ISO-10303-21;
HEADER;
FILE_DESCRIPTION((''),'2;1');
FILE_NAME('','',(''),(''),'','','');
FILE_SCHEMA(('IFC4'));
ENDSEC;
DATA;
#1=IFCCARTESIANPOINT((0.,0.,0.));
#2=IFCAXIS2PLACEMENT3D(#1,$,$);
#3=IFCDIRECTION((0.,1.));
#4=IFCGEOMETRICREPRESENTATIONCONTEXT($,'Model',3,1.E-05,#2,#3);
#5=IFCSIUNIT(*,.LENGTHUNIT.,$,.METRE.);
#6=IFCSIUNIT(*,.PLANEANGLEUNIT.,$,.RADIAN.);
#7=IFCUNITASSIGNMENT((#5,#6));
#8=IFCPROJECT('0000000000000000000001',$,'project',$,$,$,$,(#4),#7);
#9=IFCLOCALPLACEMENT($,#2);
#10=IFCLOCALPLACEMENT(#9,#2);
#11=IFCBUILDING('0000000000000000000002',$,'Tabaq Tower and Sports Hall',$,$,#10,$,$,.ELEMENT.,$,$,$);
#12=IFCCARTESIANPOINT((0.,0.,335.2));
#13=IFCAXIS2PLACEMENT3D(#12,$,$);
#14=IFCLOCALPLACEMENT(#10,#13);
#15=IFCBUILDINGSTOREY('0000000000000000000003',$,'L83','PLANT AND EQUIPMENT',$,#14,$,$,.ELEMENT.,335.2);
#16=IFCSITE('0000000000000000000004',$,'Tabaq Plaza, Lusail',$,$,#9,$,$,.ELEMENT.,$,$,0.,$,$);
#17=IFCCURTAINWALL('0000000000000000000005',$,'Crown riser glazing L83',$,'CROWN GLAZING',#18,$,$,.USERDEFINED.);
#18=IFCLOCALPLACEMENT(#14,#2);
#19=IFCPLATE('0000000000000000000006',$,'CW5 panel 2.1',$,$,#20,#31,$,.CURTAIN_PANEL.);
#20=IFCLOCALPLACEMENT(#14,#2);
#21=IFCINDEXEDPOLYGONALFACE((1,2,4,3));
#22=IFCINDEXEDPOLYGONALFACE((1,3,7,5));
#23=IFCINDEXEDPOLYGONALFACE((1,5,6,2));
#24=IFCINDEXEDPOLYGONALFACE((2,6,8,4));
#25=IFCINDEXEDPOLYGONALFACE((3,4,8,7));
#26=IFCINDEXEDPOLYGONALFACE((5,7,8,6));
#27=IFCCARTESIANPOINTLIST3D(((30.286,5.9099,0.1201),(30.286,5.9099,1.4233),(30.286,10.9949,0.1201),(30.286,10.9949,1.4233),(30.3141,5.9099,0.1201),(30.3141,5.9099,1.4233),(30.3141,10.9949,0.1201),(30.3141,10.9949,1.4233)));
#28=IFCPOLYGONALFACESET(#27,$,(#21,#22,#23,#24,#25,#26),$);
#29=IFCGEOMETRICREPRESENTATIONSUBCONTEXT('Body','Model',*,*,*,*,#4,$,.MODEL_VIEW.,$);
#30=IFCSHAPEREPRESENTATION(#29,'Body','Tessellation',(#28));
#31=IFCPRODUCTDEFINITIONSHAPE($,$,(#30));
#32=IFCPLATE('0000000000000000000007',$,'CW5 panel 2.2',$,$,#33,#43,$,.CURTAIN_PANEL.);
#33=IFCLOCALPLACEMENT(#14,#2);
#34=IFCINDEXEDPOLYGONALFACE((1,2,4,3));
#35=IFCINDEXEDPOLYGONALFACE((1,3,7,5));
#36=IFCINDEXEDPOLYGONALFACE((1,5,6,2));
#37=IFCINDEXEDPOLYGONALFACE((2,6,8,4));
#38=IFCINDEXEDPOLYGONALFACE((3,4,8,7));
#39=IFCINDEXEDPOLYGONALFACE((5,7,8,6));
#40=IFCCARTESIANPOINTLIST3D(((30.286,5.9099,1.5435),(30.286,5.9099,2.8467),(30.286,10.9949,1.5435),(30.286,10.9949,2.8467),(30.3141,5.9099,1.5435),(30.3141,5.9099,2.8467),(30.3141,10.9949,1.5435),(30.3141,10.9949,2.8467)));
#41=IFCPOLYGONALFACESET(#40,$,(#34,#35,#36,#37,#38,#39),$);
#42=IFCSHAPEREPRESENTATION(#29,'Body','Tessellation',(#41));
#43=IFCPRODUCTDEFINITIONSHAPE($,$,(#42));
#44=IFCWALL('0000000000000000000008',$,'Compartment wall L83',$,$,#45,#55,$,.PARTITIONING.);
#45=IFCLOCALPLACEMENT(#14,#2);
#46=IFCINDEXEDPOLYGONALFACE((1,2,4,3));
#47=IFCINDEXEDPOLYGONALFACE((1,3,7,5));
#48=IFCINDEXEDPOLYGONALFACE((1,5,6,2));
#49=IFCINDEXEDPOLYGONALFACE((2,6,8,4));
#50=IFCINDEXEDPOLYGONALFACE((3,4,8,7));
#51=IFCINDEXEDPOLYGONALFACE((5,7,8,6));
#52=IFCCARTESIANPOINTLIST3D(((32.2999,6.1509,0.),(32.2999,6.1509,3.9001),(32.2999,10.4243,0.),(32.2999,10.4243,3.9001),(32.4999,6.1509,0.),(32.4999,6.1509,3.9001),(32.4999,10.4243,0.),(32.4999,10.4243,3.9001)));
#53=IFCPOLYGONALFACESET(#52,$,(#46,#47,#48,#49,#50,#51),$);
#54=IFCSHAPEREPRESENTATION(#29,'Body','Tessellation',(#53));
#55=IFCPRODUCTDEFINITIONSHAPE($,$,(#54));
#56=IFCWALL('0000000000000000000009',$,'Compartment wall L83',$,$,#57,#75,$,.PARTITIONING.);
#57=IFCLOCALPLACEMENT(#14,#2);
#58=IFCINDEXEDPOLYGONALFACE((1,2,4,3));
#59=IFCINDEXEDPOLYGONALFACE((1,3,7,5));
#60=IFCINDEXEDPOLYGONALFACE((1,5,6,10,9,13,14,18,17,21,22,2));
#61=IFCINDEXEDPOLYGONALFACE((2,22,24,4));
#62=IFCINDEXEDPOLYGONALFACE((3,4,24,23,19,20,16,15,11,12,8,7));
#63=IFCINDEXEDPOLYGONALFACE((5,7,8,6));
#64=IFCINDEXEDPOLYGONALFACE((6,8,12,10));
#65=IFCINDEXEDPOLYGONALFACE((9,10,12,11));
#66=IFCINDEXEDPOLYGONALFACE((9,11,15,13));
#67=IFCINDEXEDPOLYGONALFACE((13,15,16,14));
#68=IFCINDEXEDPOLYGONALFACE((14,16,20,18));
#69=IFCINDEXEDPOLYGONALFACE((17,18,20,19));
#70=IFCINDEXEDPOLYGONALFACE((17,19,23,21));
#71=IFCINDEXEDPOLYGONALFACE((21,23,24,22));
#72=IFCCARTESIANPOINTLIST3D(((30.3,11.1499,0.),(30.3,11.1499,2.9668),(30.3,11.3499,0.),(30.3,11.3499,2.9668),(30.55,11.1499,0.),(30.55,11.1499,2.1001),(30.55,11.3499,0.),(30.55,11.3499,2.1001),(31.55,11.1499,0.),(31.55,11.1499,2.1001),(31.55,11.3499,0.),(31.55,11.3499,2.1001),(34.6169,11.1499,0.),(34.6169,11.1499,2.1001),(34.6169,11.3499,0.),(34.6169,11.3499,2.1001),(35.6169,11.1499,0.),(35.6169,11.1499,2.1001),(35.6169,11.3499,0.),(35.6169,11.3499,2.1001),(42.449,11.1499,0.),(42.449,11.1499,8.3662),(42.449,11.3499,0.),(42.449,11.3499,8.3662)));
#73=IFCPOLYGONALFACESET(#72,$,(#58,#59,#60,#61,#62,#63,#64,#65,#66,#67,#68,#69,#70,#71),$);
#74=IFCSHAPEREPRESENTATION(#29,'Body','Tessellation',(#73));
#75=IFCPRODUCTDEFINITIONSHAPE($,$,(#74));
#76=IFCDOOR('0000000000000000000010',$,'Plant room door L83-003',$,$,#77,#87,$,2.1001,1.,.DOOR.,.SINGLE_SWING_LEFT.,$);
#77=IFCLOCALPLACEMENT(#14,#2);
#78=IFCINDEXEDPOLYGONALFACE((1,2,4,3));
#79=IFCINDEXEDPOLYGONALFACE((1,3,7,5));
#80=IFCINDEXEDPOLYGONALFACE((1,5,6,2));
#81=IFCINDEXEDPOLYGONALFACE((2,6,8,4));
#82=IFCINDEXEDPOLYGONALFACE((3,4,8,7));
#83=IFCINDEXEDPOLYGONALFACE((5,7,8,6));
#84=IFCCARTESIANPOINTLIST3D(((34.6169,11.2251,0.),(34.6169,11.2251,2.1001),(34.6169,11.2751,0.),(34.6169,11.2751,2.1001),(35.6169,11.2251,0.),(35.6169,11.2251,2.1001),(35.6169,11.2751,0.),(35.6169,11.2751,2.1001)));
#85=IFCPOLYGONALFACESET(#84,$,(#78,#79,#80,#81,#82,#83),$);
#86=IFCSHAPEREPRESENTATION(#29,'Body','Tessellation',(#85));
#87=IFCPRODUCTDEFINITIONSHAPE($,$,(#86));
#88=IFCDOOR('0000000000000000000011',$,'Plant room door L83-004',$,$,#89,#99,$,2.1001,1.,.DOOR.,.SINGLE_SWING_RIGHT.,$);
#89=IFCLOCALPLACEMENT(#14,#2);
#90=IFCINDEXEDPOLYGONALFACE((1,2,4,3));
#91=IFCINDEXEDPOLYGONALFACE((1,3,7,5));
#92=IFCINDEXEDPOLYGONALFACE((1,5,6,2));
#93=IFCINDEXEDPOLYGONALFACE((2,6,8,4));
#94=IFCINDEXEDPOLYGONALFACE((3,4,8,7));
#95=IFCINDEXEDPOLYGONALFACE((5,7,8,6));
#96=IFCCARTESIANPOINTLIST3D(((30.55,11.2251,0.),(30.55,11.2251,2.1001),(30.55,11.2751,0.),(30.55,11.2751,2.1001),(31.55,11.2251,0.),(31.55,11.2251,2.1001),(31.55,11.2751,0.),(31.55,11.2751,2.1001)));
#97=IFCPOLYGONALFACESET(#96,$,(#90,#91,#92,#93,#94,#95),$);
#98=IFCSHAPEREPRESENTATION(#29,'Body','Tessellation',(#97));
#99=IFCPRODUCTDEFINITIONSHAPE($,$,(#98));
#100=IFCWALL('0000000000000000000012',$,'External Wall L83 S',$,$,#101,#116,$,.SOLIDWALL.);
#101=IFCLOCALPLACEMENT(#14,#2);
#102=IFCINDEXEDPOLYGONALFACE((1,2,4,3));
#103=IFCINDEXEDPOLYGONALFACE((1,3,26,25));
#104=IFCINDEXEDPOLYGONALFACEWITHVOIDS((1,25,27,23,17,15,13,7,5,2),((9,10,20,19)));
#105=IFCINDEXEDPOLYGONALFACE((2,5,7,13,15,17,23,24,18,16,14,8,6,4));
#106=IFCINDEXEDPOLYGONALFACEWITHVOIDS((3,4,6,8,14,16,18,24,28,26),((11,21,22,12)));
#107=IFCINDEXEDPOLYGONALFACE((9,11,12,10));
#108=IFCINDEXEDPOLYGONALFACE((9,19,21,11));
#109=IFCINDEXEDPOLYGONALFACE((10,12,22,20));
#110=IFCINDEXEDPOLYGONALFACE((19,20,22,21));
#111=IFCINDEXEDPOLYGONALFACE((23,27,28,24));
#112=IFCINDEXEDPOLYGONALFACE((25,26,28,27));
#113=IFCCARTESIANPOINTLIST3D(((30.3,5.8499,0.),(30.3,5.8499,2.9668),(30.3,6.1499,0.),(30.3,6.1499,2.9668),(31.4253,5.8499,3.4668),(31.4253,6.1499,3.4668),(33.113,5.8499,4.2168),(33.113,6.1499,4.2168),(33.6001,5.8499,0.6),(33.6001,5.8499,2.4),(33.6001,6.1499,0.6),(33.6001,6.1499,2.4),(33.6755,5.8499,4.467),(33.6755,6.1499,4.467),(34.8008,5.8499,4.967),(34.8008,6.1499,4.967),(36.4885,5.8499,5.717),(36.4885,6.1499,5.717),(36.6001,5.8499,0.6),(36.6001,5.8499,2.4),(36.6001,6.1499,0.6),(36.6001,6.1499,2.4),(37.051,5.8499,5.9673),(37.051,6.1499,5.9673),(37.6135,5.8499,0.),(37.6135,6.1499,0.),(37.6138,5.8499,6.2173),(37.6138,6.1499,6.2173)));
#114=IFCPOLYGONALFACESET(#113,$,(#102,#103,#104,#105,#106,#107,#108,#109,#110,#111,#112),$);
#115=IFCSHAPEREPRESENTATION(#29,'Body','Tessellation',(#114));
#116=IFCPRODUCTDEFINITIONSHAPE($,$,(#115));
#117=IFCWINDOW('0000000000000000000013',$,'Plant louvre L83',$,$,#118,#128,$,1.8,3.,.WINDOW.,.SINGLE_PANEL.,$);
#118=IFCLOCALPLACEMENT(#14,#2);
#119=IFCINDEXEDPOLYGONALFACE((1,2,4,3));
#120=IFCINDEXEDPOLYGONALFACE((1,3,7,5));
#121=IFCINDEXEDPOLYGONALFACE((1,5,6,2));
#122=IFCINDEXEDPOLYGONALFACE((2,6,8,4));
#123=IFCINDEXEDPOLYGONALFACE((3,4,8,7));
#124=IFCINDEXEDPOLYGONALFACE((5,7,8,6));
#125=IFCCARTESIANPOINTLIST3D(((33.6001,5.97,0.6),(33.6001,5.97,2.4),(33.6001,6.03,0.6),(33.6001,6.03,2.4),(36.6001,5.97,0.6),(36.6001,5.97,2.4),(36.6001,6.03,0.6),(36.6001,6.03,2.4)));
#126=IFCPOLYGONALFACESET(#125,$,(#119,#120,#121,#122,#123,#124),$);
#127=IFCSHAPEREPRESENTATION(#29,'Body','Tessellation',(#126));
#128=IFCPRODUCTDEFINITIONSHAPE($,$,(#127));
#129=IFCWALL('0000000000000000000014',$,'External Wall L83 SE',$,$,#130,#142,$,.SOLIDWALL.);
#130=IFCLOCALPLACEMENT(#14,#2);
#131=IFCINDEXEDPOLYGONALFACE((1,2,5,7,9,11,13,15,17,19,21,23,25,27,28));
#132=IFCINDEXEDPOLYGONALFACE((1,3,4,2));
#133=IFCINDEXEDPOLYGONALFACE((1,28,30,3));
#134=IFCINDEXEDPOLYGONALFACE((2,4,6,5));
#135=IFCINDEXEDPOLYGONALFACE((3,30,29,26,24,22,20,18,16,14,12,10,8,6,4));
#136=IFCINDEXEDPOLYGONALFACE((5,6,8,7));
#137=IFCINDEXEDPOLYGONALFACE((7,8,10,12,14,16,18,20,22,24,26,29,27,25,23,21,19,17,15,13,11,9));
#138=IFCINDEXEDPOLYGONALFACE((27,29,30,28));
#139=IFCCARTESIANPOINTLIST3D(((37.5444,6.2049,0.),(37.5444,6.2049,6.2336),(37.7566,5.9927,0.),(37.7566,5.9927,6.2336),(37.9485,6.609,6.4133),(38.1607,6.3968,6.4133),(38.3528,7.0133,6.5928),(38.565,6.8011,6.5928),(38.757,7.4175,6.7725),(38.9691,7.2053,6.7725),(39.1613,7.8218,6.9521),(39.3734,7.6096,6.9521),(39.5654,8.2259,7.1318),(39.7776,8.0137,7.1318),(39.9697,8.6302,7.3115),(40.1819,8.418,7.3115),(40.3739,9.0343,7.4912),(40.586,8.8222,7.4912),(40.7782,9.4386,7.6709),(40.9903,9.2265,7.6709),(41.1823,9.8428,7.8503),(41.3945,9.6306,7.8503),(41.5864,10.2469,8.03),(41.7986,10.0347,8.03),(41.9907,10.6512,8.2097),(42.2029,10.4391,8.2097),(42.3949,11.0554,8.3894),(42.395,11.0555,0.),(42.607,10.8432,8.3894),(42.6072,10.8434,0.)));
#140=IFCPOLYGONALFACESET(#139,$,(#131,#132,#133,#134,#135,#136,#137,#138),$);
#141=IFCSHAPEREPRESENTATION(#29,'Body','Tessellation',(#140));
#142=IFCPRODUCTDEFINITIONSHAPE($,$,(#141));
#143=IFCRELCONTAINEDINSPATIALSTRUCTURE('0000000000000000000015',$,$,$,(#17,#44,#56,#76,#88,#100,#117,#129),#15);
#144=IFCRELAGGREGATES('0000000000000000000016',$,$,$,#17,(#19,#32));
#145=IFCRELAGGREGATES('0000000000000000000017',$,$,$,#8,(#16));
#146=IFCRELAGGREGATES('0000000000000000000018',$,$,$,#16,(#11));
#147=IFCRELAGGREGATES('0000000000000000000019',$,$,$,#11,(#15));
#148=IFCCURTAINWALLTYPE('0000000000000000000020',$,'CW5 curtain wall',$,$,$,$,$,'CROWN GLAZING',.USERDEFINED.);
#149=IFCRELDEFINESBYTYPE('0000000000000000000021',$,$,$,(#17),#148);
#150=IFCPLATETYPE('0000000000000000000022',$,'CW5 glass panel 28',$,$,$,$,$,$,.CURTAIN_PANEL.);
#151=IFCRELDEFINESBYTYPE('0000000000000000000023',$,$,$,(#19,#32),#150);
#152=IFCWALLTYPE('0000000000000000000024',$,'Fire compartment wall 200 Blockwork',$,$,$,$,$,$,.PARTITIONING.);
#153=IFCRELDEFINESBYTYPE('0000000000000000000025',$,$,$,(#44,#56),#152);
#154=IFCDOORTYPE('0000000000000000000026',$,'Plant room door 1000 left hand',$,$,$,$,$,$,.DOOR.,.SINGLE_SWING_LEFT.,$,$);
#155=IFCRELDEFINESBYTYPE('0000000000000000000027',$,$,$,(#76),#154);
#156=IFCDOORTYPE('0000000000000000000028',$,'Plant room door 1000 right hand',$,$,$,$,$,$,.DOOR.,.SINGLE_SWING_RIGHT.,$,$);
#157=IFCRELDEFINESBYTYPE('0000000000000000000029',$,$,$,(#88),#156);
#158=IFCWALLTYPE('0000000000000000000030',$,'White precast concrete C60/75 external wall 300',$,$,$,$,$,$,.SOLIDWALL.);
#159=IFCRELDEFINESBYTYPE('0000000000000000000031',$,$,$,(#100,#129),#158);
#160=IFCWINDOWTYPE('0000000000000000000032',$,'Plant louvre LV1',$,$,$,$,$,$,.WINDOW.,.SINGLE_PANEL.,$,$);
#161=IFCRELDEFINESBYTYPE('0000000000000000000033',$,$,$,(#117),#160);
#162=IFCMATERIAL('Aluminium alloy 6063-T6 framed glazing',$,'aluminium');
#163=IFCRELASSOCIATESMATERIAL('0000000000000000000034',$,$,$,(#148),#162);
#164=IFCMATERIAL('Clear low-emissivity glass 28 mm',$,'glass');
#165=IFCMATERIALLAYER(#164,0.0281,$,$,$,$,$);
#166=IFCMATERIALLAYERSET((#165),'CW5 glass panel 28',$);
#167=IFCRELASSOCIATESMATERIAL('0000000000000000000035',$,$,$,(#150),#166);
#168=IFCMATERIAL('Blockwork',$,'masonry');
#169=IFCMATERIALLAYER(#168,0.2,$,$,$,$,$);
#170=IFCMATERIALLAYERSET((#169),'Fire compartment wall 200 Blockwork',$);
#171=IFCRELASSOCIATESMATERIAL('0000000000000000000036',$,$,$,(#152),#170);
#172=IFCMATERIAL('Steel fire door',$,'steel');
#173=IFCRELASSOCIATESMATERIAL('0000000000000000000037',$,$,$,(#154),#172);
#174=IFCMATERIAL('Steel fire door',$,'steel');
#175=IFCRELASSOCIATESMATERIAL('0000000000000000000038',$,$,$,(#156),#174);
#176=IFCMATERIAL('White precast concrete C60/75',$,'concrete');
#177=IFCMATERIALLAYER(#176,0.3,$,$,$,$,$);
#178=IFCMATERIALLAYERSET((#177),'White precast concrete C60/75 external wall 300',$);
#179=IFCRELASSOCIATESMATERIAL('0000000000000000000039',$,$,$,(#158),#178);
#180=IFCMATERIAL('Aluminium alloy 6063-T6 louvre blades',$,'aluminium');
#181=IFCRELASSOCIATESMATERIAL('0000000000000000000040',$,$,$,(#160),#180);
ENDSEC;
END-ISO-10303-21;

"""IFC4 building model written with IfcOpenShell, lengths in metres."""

from ifc_helpers import new_model, si_unit, direction, frame, frame_2d, origin, origin_2d, place, context, subcontext, project, spatial, polyline, rectangle, outline, extrude, material, layer, layer_set, type_object, element, fill, aggregate, save


model = new_model("IFC4")

# Units and contexts
model_context = context("Model", 3, precision=1e-05, world=origin(), true_north=direction((0.0, 1.0)))
body_context = subcontext(model_context, "Body", "Model", "MODEL_VIEW")
ifc_project = project(units=[si_unit("LENGTHUNIT", "METRE"), si_unit("PLANEANGLEUNIT", "RADIAN")], contexts=[model_context])

# Site, building, storey
site_placement = place(None, origin())
site = spatial("IfcSite", under=ifc_project, at=site_placement, Name="Tabaq Plaza, Lusail", CompositionType="ELEMENT", RefElevation=0.0)
building_placement = place(site_placement, origin())
building = spatial("IfcBuilding", under=site, at=building_placement, Name="Tabaq Tower and Sports Hall", CompositionType="ELEMENT")
storey_placement = place(building_placement, frame((0.0, 0.0, 335.2)))
storey = spatial("IfcBuildingStorey", under=building, at=storey_placement, Name="L83", Description="PLANT AND EQUIPMENT", CompositionType="ELEMENT", Elevation=335.2)

# Curtain wall
ifc_material_1 = material(Name="Aluminium alloy 6063-T6 framed glazing", Category="aluminium")
curtain_wall_type = type_object("IfcCurtainWallType", Name="CW5 curtain wall", ElementType="CROWN GLAZING", PredefinedType="USERDEFINED", material=ifc_material_1)
curtain_wall_placement = place(storey_placement, origin())
curtain_wall = element("IfcCurtainWall", 1, at=curtain_wall_placement, inside=storey, type_object=curtain_wall_type, Name="Crown riser glazing L83", ObjectType="CROWN GLAZING", PredefinedType="USERDEFINED")

# Plates
ifc_material_2 = material(Name="Clear low-emissivity glass 28 mm", Category="glass")
ifc_layer_1 = layer(ifc_material_2, 0.0281)
ifc_layer_set_1 = layer_set([ifc_layer_1], Name="CW5 glass panel 28")
plate_type = type_object("IfcPlateType", Name="CW5 glass panel 28", PredefinedType="CURTAIN_PANEL", material=ifc_layer_set_1)
plate_1_placement = place(storey_placement, frame((30.3, 8.4524, 0.1201), z_axis=(0.0, 0.0, 1.0), x_axis=(0.0, -1.0, 0.0)))
plate_1 = element("IfcPlate", 2, at=plate_1_placement, type_object=plate_type, Name="CW5 panel 2.1", PredefinedType="CURTAIN_PANEL", context=body_context, shape_type="SweptSolid", body=[
    extrude(rectangle(XDim=5.085, YDim=0.0281, at=origin_2d()), origin(), (0.0, 0.0, 1.0), 1.3032),
])
plate_2_placement = place(storey_placement, frame((30.3, 8.4524, 1.5435), z_axis=(0.0, 0.0, 1.0), x_axis=(0.0, -1.0, 0.0)))
plate_2 = element("IfcPlate", 3, at=plate_2_placement, type_object=plate_type, Name="CW5 panel 2.2", PredefinedType="CURTAIN_PANEL", context=body_context, shape_type="SweptSolid", body=[
    extrude(rectangle(XDim=5.085, YDim=0.0281, at=origin_2d()), origin(), (0.0, 0.0, 1.0), 1.3032),
])
aggregate(curtain_wall, [plate_1, plate_2])

# Wall
ifc_material_3 = material(Name="Blockwork", Category="masonry")
ifc_layer_2 = layer(ifc_material_3, 0.2)
ifc_layer_set_2 = layer_set([ifc_layer_2], Name="Fire compartment wall 200 Blockwork")
wall_type_1 = type_object("IfcWallType", Name="Fire compartment wall 200 Blockwork", PredefinedType="PARTITIONING", material=ifc_layer_set_2)
wall_1_placement = place(storey_placement, frame((32.3999, 10.4243, 0.0), z_axis=(0.0, 0.0, 1.0), x_axis=(0.0, -1.0, 0.0)))
element("IfcWall", 4, at=wall_1_placement, inside=storey, type_object=wall_type_1, Name="Compartment wall L83", PredefinedType="PARTITIONING", context=body_context, shape_type="SweptSolid", body=[
    extrude(rectangle(XDim=4.2734, YDim=0.2, at=frame_2d((2.1367, 0.0))), origin(), (0.0, 0.0, 1.0), 3.9001),
])

# Wall, openings, doors
wall_2_placement = place(storey_placement, frame((42.449, 11.25, 0.0), z_axis=(0.0, 0.0, 1.0), x_axis=(-1.0, 0.0, 0.0)))
wall_2 = element("IfcWall", 5, at=wall_2_placement, inside=storey, type_object=wall_type_1, Name="Compartment wall L83", PredefinedType="PARTITIONING", context=body_context, shape_type="SweptSolid", body=[
    extrude(outline(polyline([(0.0, 0.0), (12.1489, 0.0), (12.1489, 2.9668), (0.0, 8.3662), (0.0, 0.0)])), frame((0.0, 0.1001, 0.0), z_axis=(0.0, -1.0, 0.0), x_axis=(1.0, 0.0, 0.0)), (0.0, 0.0, 1.0), 0.2),
])
opening_1_placement = place(wall_2_placement, frame((6.832, 0.0, 0.0)))
opening_1 = element("IfcOpeningElement", 6, at=opening_1_placement, cuts=wall_2, PredefinedType="OPENING", context=body_context, shape_type="SweptSolid", body=[
    extrude(rectangle(XDim=1.0, YDim=2.1001, at=frame_2d((0.5, 1.05))), frame((0.0, 0.1001, 0.0), z_axis=(0.0, -1.0, 0.0), x_axis=(1.0, 0.0, 0.0)), (0.0, 0.0, 1.0), 0.2),
])
opening_2_placement = place(wall_2_placement, frame((10.8989, 0.0, 0.0)))
opening_2 = element("IfcOpeningElement", 7, at=opening_2_placement, cuts=wall_2, PredefinedType="OPENING", context=body_context, shape_type="SweptSolid", body=[
    extrude(rectangle(XDim=1.0, YDim=2.1001, at=frame_2d((0.5, 1.05))), frame((0.0, 0.1001, 0.0), z_axis=(0.0, -1.0, 0.0), x_axis=(1.0, 0.0, 0.0)), (0.0, 0.0, 1.0), 0.2),
])
ifc_material_4 = material(Name="Steel fire door", Category="steel")
door_type_1 = type_object("IfcDoorType", Name="Plant room door 1000 left hand", OperationType="SINGLE_SWING_LEFT", PredefinedType="DOOR", material=ifc_material_4)
door_1_placement = place(opening_1_placement, origin())
door_1 = element("IfcDoor", 8, at=door_1_placement, inside=storey, type_object=door_type_1, Name="Plant room door L83-003", OperationType="SINGLE_SWING_LEFT", OverallHeight=2.1001, OverallWidth=1.0, PredefinedType="DOOR", context=body_context, shape_type="SweptSolid", body=[
    extrude(rectangle(XDim=1.0, YDim=2.1001, at=frame_2d((0.5, 1.05))), frame((0.0, 0.0249, 0.0), z_axis=(0.0, -1.0, 0.0), x_axis=(1.0, 0.0, 0.0)), (0.0, 0.0, 1.0), 0.05),
])
fill(opening_1, door_1)
ifc_material_5 = material(Name="Steel fire door", Category="steel")
door_type_2 = type_object("IfcDoorType", Name="Plant room door 1000 right hand", OperationType="SINGLE_SWING_RIGHT", PredefinedType="DOOR", material=ifc_material_5)
door_2_placement = place(opening_2_placement, origin())
door_2 = element("IfcDoor", 9, at=door_2_placement, inside=storey, type_object=door_type_2, Name="Plant room door L83-004", OperationType="SINGLE_SWING_RIGHT", OverallHeight=2.1001, OverallWidth=1.0, PredefinedType="DOOR", context=body_context, shape_type="SweptSolid", body=[
    extrude(rectangle(XDim=1.0, YDim=2.1001, at=frame_2d((0.5, 1.05))), frame((0.0, 0.0249, 0.0), z_axis=(0.0, -1.0, 0.0), x_axis=(1.0, 0.0, 0.0)), (0.0, 0.0, 1.0), 0.05),
])
fill(opening_2, door_2)

# Wall, opening, window
ifc_material_6 = material(Name="White precast concrete C60/75", Category="concrete")
ifc_layer_3 = layer(ifc_material_6, 0.3)
ifc_layer_set_3 = layer_set([ifc_layer_3], Name="White precast concrete C60/75 external wall 300")
wall_type_2 = type_object("IfcWallType", Name="White precast concrete C60/75 external wall 300", PredefinedType="SOLIDWALL", material=ifc_layer_set_3)
wall_3_placement = place(storey_placement, frame((30.3, 6.0, 0.0), z_axis=(0.0, 0.0, 1.0), x_axis=(1.0, 0.0, 0.0)))
wall_3 = element("IfcWall", 10, at=wall_3_placement, inside=storey, type_object=wall_type_2, Name="External Wall L83 S", PredefinedType="SOLIDWALL", context=body_context, shape_type="SweptSolid", body=[
    extrude(outline(polyline([(0.0, 0.0), (7.3135, 0.0), (7.3137, 6.2173), (6.751, 5.9673), (6.1885, 5.717), (5.6257, 5.467), (5.0632, 5.217), (4.5007, 4.967), (3.938, 4.717), (3.3755, 4.467), (2.813, 4.2168), (2.2502, 3.9668), (1.6877, 3.7168), (1.1252, 3.4668), (0.5625, 3.2168), (0.0, 2.9668), (0.0, 0.0)])), frame((0.0, 0.1499, 0.0), z_axis=(0.0, -1.0, 0.0), x_axis=(1.0, 0.0, 0.0)), (0.0, 0.0, 1.0), 0.3),
])
opening_3_placement = place(wall_3_placement, frame((3.3, 0.0, 0.6001)))
opening_3 = element("IfcOpeningElement", 11, at=opening_3_placement, cuts=wall_3, PredefinedType="OPENING", context=body_context, shape_type="SweptSolid", body=[
    extrude(rectangle(XDim=3.0, YDim=1.8, at=frame_2d((1.5, 0.8999))), frame((0.0, 0.1602, 0.0), z_axis=(0.0, -1.0, 0.0), x_axis=(1.0, 0.0, 0.0)), (0.0, 0.0, 1.0), 0.3201),
])
ifc_material_7 = material(Name="Aluminium alloy 6063-T6 louvre blades", Category="aluminium")
window_type = type_object("IfcWindowType", Name="Plant louvre LV1", PartitioningType="SINGLE_PANEL", PredefinedType="WINDOW", material=ifc_material_7)
window_1_placement = place(opening_3_placement, origin())
window_1 = element("IfcWindow", 12, at=window_1_placement, inside=storey, type_object=window_type, Name="Plant louvre L83", OverallHeight=1.8, OverallWidth=3.0, PartitioningType="SINGLE_PANEL", PredefinedType="WINDOW", context=body_context, shape_type="SweptSolid", body=[
    extrude(rectangle(XDim=3.0, YDim=1.8, at=frame_2d((1.5, 0.8999))), frame((0.0, 0.03, 0.0), z_axis=(0.0, -1.0, 0.0), x_axis=(1.0, 0.0, 0.0)), (0.0, 0.0, 1.0), 0.0601),
])
fill(opening_3, window_1)

# Wall
wall_4_placement = place(storey_placement, frame((37.6504, 6.0989, 0.0), z_axis=(0.0, 0.0, 1.0), x_axis=(0.707107, 0.707107, 0.0)))
element("IfcWall", 13, at=wall_4_placement, inside=storey, type_object=wall_type_2, Name="External Wall L83 SE", PredefinedType="SOLIDWALL", context=body_context, shape_type="SweptSolid", body=[
    extrude(outline(polyline([(0.0, 0.0), (6.8599, 0.0), (6.8596, 8.3894), (6.2881, 8.2097), (5.7163, 8.03), (5.1448, 7.8503), (4.5732, 7.6709), (4.0015, 7.4912), (3.4299, 7.3115), (2.8582, 7.1318), (2.2866, 6.9521), (1.7148, 6.7725), (1.1433, 6.5928), (0.5715, 6.4133), (0.0, 6.2336), (0.0, 0.0)])), frame((0.0, 0.1499, 0.0), z_axis=(0.0, -1.0, 0.0), x_axis=(1.0, 0.0, 0.0)), (0.0, 0.0, 1.0), 0.3),
])

save(model, "model.ifc")
